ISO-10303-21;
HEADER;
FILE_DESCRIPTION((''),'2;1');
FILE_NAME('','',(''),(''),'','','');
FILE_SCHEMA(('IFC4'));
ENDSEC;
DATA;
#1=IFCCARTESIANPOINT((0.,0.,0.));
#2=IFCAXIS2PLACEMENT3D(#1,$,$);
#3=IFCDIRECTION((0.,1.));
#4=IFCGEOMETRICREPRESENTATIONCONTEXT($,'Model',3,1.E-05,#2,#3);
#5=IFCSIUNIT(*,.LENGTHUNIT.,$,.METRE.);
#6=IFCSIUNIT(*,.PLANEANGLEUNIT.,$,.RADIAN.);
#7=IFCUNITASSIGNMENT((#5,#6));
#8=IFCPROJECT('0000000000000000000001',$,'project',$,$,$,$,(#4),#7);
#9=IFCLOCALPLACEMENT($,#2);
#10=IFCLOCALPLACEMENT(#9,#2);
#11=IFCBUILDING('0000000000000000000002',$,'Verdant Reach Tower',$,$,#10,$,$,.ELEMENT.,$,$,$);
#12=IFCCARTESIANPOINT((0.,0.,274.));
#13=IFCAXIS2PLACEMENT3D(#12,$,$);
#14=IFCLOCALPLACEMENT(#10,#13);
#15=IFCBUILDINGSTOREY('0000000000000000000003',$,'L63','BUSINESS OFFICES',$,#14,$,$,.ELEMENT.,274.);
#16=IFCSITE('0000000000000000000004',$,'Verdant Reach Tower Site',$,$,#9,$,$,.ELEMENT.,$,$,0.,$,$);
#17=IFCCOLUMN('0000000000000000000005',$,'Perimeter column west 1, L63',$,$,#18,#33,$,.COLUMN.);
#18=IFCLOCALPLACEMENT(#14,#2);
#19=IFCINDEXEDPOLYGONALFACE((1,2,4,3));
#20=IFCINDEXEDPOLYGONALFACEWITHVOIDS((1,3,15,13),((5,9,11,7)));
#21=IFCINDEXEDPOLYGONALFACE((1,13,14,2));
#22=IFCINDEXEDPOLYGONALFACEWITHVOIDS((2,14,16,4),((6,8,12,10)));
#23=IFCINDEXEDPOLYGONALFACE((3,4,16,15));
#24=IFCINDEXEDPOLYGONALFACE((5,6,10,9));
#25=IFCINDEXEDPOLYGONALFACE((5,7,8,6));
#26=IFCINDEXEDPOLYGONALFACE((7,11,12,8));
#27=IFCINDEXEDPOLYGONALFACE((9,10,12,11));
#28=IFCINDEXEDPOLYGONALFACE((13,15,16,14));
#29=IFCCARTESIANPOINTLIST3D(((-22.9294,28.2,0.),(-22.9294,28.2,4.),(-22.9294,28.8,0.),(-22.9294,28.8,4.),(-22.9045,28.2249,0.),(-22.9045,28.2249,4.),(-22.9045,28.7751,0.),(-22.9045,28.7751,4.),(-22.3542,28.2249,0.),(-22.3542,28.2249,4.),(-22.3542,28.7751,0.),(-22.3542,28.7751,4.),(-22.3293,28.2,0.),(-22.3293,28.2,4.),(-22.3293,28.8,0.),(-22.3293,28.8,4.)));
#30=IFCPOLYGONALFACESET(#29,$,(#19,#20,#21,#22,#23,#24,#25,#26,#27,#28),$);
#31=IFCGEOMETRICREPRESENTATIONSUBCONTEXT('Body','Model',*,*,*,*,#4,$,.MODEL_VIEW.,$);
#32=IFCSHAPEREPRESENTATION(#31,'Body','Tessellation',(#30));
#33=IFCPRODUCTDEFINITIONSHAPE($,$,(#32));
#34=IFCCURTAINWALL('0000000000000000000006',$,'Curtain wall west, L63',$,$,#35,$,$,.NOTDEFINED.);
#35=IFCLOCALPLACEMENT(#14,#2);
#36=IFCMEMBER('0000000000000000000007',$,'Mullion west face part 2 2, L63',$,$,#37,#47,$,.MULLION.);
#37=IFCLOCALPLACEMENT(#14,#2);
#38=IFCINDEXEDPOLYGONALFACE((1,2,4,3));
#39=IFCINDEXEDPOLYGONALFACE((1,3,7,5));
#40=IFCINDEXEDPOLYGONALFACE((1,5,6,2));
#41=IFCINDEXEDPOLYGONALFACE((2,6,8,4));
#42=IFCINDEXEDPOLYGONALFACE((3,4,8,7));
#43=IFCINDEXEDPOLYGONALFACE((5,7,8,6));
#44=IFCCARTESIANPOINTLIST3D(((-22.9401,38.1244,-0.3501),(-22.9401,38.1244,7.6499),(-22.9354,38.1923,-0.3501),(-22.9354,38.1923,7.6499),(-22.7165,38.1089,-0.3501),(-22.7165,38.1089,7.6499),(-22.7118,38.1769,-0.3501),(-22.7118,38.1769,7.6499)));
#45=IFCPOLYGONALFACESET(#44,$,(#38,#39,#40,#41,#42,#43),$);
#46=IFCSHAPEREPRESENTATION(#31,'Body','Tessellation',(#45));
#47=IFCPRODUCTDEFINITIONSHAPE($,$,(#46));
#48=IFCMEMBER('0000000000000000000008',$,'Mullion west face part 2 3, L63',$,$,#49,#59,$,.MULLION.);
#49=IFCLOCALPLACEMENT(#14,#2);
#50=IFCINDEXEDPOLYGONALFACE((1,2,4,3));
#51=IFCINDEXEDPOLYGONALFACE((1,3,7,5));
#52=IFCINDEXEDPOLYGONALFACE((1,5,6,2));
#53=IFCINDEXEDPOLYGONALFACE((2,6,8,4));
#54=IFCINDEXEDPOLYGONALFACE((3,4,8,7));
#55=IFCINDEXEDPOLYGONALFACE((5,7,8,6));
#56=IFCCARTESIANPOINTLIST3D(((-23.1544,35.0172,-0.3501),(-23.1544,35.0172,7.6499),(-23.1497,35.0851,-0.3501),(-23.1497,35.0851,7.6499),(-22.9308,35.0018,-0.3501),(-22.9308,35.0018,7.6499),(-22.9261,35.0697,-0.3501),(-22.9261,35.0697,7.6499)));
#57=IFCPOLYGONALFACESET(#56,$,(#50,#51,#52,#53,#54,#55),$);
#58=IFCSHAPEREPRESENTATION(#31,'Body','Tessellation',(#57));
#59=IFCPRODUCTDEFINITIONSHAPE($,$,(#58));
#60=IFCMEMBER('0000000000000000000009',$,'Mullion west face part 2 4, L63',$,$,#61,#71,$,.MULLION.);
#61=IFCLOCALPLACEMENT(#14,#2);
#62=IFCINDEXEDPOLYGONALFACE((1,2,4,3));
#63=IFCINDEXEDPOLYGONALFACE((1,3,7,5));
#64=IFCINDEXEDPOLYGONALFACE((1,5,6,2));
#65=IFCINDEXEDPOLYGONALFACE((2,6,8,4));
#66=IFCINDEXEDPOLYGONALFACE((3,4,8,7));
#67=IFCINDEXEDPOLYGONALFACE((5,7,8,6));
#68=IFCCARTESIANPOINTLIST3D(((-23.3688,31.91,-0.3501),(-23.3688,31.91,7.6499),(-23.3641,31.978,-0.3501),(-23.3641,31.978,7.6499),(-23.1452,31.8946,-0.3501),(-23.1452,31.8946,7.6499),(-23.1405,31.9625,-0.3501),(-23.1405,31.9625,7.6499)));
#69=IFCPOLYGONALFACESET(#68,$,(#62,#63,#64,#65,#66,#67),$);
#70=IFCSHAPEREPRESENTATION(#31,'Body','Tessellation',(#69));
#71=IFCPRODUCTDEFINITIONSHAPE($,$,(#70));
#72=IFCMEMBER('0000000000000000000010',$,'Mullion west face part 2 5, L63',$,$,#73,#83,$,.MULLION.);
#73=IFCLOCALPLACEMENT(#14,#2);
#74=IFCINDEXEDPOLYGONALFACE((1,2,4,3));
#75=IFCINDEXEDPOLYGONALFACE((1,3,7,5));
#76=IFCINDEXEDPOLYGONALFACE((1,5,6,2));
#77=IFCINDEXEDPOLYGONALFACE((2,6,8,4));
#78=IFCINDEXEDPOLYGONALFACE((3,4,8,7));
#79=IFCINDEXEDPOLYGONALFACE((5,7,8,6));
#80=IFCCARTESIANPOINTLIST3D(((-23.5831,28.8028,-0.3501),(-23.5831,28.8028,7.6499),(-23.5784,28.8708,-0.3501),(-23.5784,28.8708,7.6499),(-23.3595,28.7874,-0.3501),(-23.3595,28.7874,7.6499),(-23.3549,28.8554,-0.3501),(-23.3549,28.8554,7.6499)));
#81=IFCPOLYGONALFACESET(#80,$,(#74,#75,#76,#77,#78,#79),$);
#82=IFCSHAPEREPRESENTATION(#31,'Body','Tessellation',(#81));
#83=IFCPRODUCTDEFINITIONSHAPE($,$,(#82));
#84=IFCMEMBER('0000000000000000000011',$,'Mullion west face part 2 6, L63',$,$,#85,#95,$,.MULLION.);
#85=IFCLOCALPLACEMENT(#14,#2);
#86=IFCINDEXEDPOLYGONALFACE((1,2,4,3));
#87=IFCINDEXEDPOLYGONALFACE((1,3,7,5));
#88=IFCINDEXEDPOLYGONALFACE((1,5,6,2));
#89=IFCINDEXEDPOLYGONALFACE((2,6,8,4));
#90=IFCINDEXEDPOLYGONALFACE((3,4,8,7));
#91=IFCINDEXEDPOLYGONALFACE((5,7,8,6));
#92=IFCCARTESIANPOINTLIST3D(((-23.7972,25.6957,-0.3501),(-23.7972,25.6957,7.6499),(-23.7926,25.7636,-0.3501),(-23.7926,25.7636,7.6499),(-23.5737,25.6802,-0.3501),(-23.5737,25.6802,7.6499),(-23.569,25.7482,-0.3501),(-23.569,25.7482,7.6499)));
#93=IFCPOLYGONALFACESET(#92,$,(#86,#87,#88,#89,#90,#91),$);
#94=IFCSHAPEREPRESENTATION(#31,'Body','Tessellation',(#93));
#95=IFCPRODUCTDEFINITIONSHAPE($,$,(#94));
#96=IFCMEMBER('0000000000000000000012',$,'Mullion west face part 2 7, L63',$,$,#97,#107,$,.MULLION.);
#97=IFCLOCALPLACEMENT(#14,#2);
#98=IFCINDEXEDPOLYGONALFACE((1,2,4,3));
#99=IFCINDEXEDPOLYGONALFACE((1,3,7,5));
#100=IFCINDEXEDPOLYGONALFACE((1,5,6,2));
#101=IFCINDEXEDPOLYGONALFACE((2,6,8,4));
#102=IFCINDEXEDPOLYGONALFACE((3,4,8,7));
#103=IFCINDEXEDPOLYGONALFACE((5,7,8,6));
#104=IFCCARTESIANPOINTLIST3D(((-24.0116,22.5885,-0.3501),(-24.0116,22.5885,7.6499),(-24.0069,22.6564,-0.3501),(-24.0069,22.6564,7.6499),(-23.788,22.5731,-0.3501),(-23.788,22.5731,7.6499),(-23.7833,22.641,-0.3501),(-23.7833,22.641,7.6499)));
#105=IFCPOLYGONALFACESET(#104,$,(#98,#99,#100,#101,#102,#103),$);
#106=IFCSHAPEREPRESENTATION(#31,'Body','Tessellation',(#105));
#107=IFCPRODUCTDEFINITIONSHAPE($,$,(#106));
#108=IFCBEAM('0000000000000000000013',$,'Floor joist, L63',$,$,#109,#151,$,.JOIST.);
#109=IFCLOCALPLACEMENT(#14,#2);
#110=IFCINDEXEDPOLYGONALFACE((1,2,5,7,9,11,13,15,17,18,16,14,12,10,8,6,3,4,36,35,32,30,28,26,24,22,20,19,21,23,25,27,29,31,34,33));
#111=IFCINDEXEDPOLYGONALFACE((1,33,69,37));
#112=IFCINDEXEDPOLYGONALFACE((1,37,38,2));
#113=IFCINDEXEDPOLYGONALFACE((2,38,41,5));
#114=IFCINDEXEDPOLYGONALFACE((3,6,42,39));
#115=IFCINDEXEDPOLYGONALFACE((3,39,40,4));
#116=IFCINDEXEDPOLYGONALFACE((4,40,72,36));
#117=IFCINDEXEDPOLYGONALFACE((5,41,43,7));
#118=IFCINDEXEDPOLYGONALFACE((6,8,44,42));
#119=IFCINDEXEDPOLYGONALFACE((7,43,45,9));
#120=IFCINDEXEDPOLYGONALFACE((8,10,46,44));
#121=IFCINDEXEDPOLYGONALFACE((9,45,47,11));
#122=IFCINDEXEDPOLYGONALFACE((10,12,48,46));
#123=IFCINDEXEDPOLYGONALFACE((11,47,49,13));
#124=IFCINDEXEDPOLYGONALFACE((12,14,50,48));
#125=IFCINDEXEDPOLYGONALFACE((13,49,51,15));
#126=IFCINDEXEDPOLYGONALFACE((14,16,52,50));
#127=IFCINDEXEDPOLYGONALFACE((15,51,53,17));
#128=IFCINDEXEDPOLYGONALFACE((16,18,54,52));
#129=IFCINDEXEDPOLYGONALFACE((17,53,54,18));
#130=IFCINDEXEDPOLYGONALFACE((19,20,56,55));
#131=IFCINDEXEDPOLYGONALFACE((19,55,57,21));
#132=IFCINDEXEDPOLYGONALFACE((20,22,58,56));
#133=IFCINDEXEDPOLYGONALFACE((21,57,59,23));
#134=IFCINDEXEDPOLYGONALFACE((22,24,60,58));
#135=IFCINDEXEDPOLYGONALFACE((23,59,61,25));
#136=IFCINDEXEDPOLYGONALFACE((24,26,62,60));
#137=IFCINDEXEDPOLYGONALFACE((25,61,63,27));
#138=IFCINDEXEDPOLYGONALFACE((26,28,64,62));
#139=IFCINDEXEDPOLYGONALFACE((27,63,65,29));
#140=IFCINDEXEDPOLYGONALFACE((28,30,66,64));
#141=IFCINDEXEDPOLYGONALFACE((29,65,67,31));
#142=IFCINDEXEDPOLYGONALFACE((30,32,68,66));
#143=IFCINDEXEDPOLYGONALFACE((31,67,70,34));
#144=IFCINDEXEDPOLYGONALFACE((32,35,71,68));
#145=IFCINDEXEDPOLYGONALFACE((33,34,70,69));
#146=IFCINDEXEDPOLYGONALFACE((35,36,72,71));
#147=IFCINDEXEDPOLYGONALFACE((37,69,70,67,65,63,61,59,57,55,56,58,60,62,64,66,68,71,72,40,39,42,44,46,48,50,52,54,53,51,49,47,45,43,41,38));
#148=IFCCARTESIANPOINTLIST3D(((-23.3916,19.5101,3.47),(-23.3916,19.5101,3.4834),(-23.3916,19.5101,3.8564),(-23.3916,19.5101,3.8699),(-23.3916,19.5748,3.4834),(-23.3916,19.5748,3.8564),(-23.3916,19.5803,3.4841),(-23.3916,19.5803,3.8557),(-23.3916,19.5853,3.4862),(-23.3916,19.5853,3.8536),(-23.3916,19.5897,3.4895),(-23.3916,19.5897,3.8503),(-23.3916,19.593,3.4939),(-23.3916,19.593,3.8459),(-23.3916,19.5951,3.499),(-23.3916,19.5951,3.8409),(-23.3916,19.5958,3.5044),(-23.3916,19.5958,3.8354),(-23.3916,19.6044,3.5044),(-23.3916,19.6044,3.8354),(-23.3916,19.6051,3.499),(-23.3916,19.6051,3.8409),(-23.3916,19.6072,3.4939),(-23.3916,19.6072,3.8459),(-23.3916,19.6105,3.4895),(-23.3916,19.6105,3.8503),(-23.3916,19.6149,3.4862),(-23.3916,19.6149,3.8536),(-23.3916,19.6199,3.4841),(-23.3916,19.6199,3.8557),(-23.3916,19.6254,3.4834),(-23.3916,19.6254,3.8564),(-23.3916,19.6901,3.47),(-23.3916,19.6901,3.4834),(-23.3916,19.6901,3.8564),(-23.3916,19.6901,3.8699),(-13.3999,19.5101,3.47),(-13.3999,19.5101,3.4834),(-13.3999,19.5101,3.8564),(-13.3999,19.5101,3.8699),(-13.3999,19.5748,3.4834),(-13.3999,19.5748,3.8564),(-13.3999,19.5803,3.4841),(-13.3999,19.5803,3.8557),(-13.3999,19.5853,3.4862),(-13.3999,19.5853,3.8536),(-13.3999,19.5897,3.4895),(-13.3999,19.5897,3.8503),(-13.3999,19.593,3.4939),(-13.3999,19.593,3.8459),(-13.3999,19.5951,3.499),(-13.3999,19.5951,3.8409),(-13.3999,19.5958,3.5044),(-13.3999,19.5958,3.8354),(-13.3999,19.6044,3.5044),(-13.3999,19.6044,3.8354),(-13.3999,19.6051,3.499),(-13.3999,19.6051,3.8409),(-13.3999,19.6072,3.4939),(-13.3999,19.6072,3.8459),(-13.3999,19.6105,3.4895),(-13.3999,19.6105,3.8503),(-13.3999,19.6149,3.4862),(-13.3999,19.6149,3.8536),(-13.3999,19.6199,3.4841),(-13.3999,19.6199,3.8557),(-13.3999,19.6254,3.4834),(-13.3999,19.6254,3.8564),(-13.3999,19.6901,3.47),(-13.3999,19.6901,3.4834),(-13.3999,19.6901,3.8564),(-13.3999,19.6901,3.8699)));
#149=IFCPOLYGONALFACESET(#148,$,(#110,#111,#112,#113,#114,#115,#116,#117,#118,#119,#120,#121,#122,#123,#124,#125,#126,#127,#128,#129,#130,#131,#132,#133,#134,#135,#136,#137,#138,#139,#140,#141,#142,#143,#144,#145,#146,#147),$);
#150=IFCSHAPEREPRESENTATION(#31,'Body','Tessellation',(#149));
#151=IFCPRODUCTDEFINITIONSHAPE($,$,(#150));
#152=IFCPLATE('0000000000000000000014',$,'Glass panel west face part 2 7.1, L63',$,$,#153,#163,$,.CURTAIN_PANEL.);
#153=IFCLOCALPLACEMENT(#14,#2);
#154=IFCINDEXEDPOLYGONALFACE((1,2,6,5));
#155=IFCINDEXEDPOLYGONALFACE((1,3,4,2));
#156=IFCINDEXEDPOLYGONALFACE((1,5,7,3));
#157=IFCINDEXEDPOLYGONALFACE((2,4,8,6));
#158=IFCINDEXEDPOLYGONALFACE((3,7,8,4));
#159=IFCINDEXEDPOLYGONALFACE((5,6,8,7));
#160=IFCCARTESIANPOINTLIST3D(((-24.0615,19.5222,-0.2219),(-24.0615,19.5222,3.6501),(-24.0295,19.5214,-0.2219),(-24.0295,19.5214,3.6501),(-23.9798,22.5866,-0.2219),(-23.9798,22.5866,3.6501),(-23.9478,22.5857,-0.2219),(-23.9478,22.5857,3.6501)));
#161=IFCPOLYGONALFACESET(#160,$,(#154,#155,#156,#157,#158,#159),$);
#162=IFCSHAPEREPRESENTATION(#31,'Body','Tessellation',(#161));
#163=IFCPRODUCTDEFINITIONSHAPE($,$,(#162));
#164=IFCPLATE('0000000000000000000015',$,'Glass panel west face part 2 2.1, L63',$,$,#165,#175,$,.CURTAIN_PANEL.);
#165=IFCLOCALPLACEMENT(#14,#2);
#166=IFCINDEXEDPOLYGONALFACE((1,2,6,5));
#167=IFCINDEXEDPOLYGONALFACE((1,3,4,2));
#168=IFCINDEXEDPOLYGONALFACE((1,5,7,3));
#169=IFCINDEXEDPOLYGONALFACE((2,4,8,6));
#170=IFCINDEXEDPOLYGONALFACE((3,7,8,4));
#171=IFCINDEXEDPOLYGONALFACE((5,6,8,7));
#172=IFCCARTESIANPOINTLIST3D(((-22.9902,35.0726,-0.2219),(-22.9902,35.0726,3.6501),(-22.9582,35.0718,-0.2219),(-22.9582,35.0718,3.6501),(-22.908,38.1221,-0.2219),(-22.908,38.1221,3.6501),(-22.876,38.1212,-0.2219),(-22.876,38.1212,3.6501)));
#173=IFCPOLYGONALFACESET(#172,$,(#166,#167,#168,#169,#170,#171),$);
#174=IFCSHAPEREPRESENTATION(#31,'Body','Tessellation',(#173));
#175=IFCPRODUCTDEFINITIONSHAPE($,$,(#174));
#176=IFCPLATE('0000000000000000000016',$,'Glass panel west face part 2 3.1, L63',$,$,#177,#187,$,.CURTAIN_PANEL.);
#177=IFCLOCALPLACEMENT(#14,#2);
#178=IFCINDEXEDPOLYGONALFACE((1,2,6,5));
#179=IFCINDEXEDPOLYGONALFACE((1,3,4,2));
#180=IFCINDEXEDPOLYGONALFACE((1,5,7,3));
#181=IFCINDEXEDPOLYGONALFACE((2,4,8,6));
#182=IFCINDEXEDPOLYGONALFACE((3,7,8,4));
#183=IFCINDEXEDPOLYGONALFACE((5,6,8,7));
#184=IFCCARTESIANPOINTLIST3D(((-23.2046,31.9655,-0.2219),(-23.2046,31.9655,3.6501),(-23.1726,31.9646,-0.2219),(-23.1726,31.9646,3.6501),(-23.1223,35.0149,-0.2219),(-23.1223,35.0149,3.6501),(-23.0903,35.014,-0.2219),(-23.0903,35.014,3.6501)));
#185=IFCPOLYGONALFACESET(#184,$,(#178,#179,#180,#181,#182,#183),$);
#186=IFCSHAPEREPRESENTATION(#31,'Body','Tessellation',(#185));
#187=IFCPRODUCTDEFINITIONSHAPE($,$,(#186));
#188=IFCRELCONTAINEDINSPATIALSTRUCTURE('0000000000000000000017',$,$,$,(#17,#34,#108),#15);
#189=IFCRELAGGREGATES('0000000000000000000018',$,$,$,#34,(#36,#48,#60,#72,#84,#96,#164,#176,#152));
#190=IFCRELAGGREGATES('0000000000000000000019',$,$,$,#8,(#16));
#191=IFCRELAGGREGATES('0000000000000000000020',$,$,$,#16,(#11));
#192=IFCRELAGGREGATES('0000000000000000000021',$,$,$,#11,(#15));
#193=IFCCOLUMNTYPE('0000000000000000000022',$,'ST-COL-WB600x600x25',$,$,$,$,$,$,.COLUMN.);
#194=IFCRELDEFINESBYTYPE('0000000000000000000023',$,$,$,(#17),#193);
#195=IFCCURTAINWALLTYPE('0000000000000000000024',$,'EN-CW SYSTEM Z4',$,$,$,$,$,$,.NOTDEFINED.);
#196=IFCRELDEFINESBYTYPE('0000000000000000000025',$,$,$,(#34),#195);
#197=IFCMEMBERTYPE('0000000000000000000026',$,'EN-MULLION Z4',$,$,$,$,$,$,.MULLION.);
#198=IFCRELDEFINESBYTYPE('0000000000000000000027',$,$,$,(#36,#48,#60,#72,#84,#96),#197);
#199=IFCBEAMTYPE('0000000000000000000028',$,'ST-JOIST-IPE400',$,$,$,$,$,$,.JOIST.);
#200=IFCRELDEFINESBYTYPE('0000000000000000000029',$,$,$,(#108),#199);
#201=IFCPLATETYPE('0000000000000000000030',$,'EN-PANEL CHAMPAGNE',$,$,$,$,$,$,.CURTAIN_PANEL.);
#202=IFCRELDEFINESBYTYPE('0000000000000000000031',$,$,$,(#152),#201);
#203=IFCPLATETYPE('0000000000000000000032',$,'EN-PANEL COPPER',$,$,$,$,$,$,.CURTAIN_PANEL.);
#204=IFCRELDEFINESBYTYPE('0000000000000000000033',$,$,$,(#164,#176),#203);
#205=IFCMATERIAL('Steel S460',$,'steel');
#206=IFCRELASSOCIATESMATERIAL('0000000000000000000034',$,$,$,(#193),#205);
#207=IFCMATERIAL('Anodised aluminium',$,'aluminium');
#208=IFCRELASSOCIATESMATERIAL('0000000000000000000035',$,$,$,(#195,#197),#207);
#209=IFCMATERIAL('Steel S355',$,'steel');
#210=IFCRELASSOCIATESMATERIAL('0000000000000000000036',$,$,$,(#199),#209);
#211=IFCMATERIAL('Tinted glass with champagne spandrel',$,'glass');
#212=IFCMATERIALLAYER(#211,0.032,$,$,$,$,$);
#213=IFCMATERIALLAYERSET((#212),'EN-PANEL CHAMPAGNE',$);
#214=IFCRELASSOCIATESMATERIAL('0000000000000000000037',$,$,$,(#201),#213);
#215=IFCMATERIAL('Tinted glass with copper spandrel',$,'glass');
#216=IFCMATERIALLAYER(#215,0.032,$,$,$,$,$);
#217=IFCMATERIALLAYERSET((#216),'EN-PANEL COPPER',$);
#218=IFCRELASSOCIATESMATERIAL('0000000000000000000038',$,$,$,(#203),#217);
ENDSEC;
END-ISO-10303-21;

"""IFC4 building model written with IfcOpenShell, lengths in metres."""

from ifc_helpers import new_model, si_unit, direction, frame, origin, origin_2d, place, context, subcontext, project, spatial, rectangle, hollow_rectangle, i_section, extrude, material, layer, layer_set, material_profile, profile_set, type_object, element, aggregate, save


model = new_model("IFC4")

# Units and contexts
model_context = context("Model", 3, precision=1e-05, world=origin(), true_north=direction((0.0, 1.0)))
body_context = subcontext(model_context, "Body", "Model", "MODEL_VIEW")
ifc_project = project(units=[si_unit("LENGTHUNIT", "METRE"), si_unit("PLANEANGLEUNIT", "RADIAN")], contexts=[model_context])

# Site, building, storey
site_placement = place(None, origin())
site = spatial("IfcSite", under=ifc_project, at=site_placement, Name="Verdant Reach Tower Site", CompositionType="ELEMENT", RefElevation=0.0)
building_placement = place(site_placement, origin())
building = spatial("IfcBuilding", under=site, at=building_placement, Name="Verdant Reach Tower", CompositionType="ELEMENT")
storey_placement = place(building_placement, frame((0.0, 0.0, 274.0)))
storey = spatial("IfcBuildingStorey", under=building, at=storey_placement, Name="L63", Description="BUSINESS OFFICES", CompositionType="ELEMENT", Elevation=274.0)

# Column
ifc_material_1 = material(Name="Steel S460", Category="steel")
ifc_material_profile_1 = material_profile(ifc_material_1, hollow_rectangle(XDim=0.6001, YDim=0.6001, WallThickness=0.0249, at=origin_2d()), Name="WB 600x600x25")
ifc_profile_set_1 = profile_set([ifc_material_profile_1], Name="Steel S460")
column_type = type_object("IfcColumnType", Name="ST-COL-WB600x600x25", PredefinedType="COLUMN", material=ifc_profile_set_1)
column_placement = place(storey_placement, frame((-22.6294, 28.5, 0.0), z_axis=(0.0, 0.0, 1.0), x_axis=(1.0, 0.0, 0.0)))
element("IfcColumn", 1, at=column_placement, inside=storey, type_object=column_type, Name="Perimeter column west 1, L63", PredefinedType="COLUMN", context=body_context, shape_type="SweptSolid", body=[
    extrude(hollow_rectangle(XDim=0.6001, YDim=0.6001, WallThickness=0.0249, at=origin_2d()), origin(), (0.0, 0.0, 1.0), 4.0),
])

# Curtain wall, members
ifc_material_2 = material(Name="Anodised aluminium", Category="aluminium")
curtain_wall_type = type_object("IfcCurtainWallType", Name="EN-CW SYSTEM Z4", PredefinedType="NOTDEFINED", material=ifc_material_2)
curtain_wall_placement = place(storey_placement, origin())
curtain_wall = element("IfcCurtainWall", 2, at=curtain_wall_placement, inside=storey, type_object=curtain_wall_type, Name="Curtain wall west, L63", PredefinedType="NOTDEFINED")
ifc_material_profile_2 = material_profile(ifc_material_2, rectangle(XDim=0.2241, YDim=0.0681, at=origin_2d()), Name="Mullion 68x224")
ifc_profile_set_2 = profile_set([ifc_material_profile_2], Name="Anodised aluminium")
member_type = type_object("IfcMemberType", Name="EN-MULLION Z4", PredefinedType="MULLION", material=ifc_profile_set_2)
member_1_placement = place(storey_placement, frame((-22.8259, 38.1506, -0.3501), z_axis=(0.0, 0.0, 1.0), x_axis=(-0.99763, 0.068802, 0.0)))
member_1 = element("IfcMember", 3, at=member_1_placement, type_object=member_type, Name="Mullion west face part 2 2, L63", PredefinedType="MULLION", context=body_context, shape_type="SweptSolid", body=[
    extrude(rectangle(XDim=0.2241, YDim=0.0681, at=origin_2d()), origin(), (0.0, 0.0, 1.0), 8.0),
])
member_2_placement = place(storey_placement, frame((-23.0403, 35.0435, -0.3501), z_axis=(0.0, 0.0, 1.0), x_axis=(-0.99763, 0.068802, 0.0)))
member_2 = element("IfcMember", 4, at=member_2_placement, type_object=member_type, Name="Mullion west face part 2 3, L63", PredefinedType="MULLION", context=body_context, shape_type="SweptSolid", body=[
    extrude(rectangle(XDim=0.2241, YDim=0.0681, at=origin_2d()), origin(), (0.0, 0.0, 1.0), 8.0),
])
member_3_placement = place(storey_placement, frame((-23.2546, 31.9363, -0.3501), z_axis=(0.0, 0.0, 1.0), x_axis=(-0.99763, 0.068802, 0.0)))
member_3 = element("IfcMember", 5, at=member_3_placement, type_object=member_type, Name="Mullion west face part 2 4, L63", PredefinedType="MULLION", context=body_context, shape_type="SweptSolid", body=[
    extrude(rectangle(XDim=0.2241, YDim=0.0681, at=origin_2d()), origin(), (0.0, 0.0, 1.0), 8.0),
])
member_4_placement = place(storey_placement, frame((-23.469, 28.8291, -0.3501), z_axis=(0.0, 0.0, 1.0), x_axis=(-0.99763, 0.068802, 0.0)))
member_4 = element("IfcMember", 6, at=member_4_placement, type_object=member_type, Name="Mullion west face part 2 5, L63", PredefinedType="MULLION", context=body_context, shape_type="SweptSolid", body=[
    extrude(rectangle(XDim=0.2241, YDim=0.0681, at=origin_2d()), origin(), (0.0, 0.0, 1.0), 8.0),
])
member_5_placement = place(storey_placement, frame((-23.6831, 25.7219, -0.3501), z_axis=(0.0, 0.0, 1.0), x_axis=(-0.99763, 0.068802, 0.0)))
member_5 = element("IfcMember", 7, at=member_5_placement, type_object=member_type, Name="Mullion west face part 2 6, L63", PredefinedType="MULLION", context=body_context, shape_type="SweptSolid", body=[
    extrude(rectangle(XDim=0.2241, YDim=0.0681, at=origin_2d()), origin(), (0.0, 0.0, 1.0), 8.0),
])
member_6_placement = place(storey_placement, frame((-23.8975, 22.6147, -0.3501), z_axis=(0.0, 0.0, 1.0), x_axis=(-0.99763, 0.068802, 0.0)))
member_6 = element("IfcMember", 8, at=member_6_placement, type_object=member_type, Name="Mullion west face part 2 7, L63", PredefinedType="MULLION", context=body_context, shape_type="SweptSolid", body=[
    extrude(rectangle(XDim=0.2241, YDim=0.0681, at=origin_2d()), origin(), (0.0, 0.0, 1.0), 8.0),
])

# Beam
ifc_material_3 = material(Name="Steel S355", Category="steel")
ifc_material_profile_3 = material_profile(ifc_material_3, i_section(OverallWidth=0.1799, OverallDepth=0.3999, WebThickness=0.0085, FlangeThickness=0.0134, FilletRadius=0.021, at=origin_2d()), Name="IPE 400")
ifc_profile_set_3 = profile_set([ifc_material_profile_3], Name="Steel S355")
beam_type = type_object("IfcBeamType", Name="ST-JOIST-IPE400", PredefinedType="JOIST", material=ifc_profile_set_3)
beam_placement = place(storey_placement, frame((-13.3999, 19.6001, 3.6699), z_axis=(-1.0, 0.0, 0.0), x_axis=(0.0, -1.0, 0.0)))
element("IfcBeam", 9, at=beam_placement, inside=storey, type_object=beam_type, Name="Floor joist, L63", PredefinedType="JOIST", context=body_context, shape_type="SweptSolid", body=[
    extrude(i_section(OverallWidth=0.1799, OverallDepth=0.3999, WebThickness=0.0085, FlangeThickness=0.0134, FilletRadius=0.021, at=origin_2d()), origin(), (0.0, 0.0, 1.0), 9.9917),
])

# Plates
ifc_material_4 = material(Name="Tinted glass with champagne spandrel", Category="glass")
ifc_layer_1 = layer(ifc_material_4, 0.032)
ifc_layer_set_1 = layer_set([ifc_layer_1], Name="EN-PANEL CHAMPAGNE")
plate_type_1 = type_object("IfcPlateType", Name="EN-PANEL CHAMPAGNE", PredefinedType="CURTAIN_PANEL", material=ifc_layer_set_1)
plate_1_placement = place(storey_placement, frame((-24.0046, 21.054, -0.2219), z_axis=(0.0, 0.0, 1.0), x_axis=(-0.026651, -0.999645, 0.0)))
plate_1 = element("IfcPlate", 10, at=plate_1_placement, type_object=plate_type_1, Name="Glass panel west face part 2 7.1, L63", PredefinedType="CURTAIN_PANEL", context=body_context, shape_type="SweptSolid", body=[
    extrude(rectangle(XDim=3.0654, YDim=0.032, at=origin_2d()), origin(), (0.0, 0.0, 1.0), 3.8721),
])
ifc_material_5 = material(Name="Tinted glass with copper spandrel", Category="glass")
ifc_layer_2 = layer(ifc_material_5, 0.032)
ifc_layer_set_2 = layer_set([ifc_layer_2], Name="EN-PANEL COPPER")
plate_type_2 = type_object("IfcPlateType", Name="EN-PANEL COPPER", PredefinedType="CURTAIN_PANEL", material=ifc_layer_set_2)
plate_2_placement = place(storey_placement, frame((-22.9331, 36.5969, -0.2219), z_axis=(0.0, 0.0, 1.0), x_axis=(-0.026965, -0.999636, 0.0)))
plate_2 = element("IfcPlate", 11, at=plate_2_placement, type_object=plate_type_2, Name="Glass panel west face part 2 2.1, L63", PredefinedType="CURTAIN_PANEL", context=body_context, shape_type="SweptSolid", body=[
    extrude(rectangle(XDim=3.0505, YDim=0.032, at=origin_2d()), origin(), (0.0, 0.0, 1.0), 3.8721),
])
plate_3_placement = place(storey_placement, frame((-23.1475, 33.4897, -0.2219), z_axis=(0.0, 0.0, 1.0), x_axis=(-0.026965, -0.999636, 0.0)))
plate_3 = element("IfcPlate", 12, at=plate_3_placement, type_object=plate_type_2, Name="Glass panel west face part 2 3.1, L63", PredefinedType="CURTAIN_PANEL", context=body_context, shape_type="SweptSolid", body=[
    extrude(rectangle(XDim=3.0505, YDim=0.032, at=origin_2d()), origin(), (0.0, 0.0, 1.0), 3.8721),
])
aggregate(curtain_wall, [member_1, member_2, member_3, member_4, member_5, member_6, plate_2, plate_3, plate_1])

save(model, "model.ifc")
